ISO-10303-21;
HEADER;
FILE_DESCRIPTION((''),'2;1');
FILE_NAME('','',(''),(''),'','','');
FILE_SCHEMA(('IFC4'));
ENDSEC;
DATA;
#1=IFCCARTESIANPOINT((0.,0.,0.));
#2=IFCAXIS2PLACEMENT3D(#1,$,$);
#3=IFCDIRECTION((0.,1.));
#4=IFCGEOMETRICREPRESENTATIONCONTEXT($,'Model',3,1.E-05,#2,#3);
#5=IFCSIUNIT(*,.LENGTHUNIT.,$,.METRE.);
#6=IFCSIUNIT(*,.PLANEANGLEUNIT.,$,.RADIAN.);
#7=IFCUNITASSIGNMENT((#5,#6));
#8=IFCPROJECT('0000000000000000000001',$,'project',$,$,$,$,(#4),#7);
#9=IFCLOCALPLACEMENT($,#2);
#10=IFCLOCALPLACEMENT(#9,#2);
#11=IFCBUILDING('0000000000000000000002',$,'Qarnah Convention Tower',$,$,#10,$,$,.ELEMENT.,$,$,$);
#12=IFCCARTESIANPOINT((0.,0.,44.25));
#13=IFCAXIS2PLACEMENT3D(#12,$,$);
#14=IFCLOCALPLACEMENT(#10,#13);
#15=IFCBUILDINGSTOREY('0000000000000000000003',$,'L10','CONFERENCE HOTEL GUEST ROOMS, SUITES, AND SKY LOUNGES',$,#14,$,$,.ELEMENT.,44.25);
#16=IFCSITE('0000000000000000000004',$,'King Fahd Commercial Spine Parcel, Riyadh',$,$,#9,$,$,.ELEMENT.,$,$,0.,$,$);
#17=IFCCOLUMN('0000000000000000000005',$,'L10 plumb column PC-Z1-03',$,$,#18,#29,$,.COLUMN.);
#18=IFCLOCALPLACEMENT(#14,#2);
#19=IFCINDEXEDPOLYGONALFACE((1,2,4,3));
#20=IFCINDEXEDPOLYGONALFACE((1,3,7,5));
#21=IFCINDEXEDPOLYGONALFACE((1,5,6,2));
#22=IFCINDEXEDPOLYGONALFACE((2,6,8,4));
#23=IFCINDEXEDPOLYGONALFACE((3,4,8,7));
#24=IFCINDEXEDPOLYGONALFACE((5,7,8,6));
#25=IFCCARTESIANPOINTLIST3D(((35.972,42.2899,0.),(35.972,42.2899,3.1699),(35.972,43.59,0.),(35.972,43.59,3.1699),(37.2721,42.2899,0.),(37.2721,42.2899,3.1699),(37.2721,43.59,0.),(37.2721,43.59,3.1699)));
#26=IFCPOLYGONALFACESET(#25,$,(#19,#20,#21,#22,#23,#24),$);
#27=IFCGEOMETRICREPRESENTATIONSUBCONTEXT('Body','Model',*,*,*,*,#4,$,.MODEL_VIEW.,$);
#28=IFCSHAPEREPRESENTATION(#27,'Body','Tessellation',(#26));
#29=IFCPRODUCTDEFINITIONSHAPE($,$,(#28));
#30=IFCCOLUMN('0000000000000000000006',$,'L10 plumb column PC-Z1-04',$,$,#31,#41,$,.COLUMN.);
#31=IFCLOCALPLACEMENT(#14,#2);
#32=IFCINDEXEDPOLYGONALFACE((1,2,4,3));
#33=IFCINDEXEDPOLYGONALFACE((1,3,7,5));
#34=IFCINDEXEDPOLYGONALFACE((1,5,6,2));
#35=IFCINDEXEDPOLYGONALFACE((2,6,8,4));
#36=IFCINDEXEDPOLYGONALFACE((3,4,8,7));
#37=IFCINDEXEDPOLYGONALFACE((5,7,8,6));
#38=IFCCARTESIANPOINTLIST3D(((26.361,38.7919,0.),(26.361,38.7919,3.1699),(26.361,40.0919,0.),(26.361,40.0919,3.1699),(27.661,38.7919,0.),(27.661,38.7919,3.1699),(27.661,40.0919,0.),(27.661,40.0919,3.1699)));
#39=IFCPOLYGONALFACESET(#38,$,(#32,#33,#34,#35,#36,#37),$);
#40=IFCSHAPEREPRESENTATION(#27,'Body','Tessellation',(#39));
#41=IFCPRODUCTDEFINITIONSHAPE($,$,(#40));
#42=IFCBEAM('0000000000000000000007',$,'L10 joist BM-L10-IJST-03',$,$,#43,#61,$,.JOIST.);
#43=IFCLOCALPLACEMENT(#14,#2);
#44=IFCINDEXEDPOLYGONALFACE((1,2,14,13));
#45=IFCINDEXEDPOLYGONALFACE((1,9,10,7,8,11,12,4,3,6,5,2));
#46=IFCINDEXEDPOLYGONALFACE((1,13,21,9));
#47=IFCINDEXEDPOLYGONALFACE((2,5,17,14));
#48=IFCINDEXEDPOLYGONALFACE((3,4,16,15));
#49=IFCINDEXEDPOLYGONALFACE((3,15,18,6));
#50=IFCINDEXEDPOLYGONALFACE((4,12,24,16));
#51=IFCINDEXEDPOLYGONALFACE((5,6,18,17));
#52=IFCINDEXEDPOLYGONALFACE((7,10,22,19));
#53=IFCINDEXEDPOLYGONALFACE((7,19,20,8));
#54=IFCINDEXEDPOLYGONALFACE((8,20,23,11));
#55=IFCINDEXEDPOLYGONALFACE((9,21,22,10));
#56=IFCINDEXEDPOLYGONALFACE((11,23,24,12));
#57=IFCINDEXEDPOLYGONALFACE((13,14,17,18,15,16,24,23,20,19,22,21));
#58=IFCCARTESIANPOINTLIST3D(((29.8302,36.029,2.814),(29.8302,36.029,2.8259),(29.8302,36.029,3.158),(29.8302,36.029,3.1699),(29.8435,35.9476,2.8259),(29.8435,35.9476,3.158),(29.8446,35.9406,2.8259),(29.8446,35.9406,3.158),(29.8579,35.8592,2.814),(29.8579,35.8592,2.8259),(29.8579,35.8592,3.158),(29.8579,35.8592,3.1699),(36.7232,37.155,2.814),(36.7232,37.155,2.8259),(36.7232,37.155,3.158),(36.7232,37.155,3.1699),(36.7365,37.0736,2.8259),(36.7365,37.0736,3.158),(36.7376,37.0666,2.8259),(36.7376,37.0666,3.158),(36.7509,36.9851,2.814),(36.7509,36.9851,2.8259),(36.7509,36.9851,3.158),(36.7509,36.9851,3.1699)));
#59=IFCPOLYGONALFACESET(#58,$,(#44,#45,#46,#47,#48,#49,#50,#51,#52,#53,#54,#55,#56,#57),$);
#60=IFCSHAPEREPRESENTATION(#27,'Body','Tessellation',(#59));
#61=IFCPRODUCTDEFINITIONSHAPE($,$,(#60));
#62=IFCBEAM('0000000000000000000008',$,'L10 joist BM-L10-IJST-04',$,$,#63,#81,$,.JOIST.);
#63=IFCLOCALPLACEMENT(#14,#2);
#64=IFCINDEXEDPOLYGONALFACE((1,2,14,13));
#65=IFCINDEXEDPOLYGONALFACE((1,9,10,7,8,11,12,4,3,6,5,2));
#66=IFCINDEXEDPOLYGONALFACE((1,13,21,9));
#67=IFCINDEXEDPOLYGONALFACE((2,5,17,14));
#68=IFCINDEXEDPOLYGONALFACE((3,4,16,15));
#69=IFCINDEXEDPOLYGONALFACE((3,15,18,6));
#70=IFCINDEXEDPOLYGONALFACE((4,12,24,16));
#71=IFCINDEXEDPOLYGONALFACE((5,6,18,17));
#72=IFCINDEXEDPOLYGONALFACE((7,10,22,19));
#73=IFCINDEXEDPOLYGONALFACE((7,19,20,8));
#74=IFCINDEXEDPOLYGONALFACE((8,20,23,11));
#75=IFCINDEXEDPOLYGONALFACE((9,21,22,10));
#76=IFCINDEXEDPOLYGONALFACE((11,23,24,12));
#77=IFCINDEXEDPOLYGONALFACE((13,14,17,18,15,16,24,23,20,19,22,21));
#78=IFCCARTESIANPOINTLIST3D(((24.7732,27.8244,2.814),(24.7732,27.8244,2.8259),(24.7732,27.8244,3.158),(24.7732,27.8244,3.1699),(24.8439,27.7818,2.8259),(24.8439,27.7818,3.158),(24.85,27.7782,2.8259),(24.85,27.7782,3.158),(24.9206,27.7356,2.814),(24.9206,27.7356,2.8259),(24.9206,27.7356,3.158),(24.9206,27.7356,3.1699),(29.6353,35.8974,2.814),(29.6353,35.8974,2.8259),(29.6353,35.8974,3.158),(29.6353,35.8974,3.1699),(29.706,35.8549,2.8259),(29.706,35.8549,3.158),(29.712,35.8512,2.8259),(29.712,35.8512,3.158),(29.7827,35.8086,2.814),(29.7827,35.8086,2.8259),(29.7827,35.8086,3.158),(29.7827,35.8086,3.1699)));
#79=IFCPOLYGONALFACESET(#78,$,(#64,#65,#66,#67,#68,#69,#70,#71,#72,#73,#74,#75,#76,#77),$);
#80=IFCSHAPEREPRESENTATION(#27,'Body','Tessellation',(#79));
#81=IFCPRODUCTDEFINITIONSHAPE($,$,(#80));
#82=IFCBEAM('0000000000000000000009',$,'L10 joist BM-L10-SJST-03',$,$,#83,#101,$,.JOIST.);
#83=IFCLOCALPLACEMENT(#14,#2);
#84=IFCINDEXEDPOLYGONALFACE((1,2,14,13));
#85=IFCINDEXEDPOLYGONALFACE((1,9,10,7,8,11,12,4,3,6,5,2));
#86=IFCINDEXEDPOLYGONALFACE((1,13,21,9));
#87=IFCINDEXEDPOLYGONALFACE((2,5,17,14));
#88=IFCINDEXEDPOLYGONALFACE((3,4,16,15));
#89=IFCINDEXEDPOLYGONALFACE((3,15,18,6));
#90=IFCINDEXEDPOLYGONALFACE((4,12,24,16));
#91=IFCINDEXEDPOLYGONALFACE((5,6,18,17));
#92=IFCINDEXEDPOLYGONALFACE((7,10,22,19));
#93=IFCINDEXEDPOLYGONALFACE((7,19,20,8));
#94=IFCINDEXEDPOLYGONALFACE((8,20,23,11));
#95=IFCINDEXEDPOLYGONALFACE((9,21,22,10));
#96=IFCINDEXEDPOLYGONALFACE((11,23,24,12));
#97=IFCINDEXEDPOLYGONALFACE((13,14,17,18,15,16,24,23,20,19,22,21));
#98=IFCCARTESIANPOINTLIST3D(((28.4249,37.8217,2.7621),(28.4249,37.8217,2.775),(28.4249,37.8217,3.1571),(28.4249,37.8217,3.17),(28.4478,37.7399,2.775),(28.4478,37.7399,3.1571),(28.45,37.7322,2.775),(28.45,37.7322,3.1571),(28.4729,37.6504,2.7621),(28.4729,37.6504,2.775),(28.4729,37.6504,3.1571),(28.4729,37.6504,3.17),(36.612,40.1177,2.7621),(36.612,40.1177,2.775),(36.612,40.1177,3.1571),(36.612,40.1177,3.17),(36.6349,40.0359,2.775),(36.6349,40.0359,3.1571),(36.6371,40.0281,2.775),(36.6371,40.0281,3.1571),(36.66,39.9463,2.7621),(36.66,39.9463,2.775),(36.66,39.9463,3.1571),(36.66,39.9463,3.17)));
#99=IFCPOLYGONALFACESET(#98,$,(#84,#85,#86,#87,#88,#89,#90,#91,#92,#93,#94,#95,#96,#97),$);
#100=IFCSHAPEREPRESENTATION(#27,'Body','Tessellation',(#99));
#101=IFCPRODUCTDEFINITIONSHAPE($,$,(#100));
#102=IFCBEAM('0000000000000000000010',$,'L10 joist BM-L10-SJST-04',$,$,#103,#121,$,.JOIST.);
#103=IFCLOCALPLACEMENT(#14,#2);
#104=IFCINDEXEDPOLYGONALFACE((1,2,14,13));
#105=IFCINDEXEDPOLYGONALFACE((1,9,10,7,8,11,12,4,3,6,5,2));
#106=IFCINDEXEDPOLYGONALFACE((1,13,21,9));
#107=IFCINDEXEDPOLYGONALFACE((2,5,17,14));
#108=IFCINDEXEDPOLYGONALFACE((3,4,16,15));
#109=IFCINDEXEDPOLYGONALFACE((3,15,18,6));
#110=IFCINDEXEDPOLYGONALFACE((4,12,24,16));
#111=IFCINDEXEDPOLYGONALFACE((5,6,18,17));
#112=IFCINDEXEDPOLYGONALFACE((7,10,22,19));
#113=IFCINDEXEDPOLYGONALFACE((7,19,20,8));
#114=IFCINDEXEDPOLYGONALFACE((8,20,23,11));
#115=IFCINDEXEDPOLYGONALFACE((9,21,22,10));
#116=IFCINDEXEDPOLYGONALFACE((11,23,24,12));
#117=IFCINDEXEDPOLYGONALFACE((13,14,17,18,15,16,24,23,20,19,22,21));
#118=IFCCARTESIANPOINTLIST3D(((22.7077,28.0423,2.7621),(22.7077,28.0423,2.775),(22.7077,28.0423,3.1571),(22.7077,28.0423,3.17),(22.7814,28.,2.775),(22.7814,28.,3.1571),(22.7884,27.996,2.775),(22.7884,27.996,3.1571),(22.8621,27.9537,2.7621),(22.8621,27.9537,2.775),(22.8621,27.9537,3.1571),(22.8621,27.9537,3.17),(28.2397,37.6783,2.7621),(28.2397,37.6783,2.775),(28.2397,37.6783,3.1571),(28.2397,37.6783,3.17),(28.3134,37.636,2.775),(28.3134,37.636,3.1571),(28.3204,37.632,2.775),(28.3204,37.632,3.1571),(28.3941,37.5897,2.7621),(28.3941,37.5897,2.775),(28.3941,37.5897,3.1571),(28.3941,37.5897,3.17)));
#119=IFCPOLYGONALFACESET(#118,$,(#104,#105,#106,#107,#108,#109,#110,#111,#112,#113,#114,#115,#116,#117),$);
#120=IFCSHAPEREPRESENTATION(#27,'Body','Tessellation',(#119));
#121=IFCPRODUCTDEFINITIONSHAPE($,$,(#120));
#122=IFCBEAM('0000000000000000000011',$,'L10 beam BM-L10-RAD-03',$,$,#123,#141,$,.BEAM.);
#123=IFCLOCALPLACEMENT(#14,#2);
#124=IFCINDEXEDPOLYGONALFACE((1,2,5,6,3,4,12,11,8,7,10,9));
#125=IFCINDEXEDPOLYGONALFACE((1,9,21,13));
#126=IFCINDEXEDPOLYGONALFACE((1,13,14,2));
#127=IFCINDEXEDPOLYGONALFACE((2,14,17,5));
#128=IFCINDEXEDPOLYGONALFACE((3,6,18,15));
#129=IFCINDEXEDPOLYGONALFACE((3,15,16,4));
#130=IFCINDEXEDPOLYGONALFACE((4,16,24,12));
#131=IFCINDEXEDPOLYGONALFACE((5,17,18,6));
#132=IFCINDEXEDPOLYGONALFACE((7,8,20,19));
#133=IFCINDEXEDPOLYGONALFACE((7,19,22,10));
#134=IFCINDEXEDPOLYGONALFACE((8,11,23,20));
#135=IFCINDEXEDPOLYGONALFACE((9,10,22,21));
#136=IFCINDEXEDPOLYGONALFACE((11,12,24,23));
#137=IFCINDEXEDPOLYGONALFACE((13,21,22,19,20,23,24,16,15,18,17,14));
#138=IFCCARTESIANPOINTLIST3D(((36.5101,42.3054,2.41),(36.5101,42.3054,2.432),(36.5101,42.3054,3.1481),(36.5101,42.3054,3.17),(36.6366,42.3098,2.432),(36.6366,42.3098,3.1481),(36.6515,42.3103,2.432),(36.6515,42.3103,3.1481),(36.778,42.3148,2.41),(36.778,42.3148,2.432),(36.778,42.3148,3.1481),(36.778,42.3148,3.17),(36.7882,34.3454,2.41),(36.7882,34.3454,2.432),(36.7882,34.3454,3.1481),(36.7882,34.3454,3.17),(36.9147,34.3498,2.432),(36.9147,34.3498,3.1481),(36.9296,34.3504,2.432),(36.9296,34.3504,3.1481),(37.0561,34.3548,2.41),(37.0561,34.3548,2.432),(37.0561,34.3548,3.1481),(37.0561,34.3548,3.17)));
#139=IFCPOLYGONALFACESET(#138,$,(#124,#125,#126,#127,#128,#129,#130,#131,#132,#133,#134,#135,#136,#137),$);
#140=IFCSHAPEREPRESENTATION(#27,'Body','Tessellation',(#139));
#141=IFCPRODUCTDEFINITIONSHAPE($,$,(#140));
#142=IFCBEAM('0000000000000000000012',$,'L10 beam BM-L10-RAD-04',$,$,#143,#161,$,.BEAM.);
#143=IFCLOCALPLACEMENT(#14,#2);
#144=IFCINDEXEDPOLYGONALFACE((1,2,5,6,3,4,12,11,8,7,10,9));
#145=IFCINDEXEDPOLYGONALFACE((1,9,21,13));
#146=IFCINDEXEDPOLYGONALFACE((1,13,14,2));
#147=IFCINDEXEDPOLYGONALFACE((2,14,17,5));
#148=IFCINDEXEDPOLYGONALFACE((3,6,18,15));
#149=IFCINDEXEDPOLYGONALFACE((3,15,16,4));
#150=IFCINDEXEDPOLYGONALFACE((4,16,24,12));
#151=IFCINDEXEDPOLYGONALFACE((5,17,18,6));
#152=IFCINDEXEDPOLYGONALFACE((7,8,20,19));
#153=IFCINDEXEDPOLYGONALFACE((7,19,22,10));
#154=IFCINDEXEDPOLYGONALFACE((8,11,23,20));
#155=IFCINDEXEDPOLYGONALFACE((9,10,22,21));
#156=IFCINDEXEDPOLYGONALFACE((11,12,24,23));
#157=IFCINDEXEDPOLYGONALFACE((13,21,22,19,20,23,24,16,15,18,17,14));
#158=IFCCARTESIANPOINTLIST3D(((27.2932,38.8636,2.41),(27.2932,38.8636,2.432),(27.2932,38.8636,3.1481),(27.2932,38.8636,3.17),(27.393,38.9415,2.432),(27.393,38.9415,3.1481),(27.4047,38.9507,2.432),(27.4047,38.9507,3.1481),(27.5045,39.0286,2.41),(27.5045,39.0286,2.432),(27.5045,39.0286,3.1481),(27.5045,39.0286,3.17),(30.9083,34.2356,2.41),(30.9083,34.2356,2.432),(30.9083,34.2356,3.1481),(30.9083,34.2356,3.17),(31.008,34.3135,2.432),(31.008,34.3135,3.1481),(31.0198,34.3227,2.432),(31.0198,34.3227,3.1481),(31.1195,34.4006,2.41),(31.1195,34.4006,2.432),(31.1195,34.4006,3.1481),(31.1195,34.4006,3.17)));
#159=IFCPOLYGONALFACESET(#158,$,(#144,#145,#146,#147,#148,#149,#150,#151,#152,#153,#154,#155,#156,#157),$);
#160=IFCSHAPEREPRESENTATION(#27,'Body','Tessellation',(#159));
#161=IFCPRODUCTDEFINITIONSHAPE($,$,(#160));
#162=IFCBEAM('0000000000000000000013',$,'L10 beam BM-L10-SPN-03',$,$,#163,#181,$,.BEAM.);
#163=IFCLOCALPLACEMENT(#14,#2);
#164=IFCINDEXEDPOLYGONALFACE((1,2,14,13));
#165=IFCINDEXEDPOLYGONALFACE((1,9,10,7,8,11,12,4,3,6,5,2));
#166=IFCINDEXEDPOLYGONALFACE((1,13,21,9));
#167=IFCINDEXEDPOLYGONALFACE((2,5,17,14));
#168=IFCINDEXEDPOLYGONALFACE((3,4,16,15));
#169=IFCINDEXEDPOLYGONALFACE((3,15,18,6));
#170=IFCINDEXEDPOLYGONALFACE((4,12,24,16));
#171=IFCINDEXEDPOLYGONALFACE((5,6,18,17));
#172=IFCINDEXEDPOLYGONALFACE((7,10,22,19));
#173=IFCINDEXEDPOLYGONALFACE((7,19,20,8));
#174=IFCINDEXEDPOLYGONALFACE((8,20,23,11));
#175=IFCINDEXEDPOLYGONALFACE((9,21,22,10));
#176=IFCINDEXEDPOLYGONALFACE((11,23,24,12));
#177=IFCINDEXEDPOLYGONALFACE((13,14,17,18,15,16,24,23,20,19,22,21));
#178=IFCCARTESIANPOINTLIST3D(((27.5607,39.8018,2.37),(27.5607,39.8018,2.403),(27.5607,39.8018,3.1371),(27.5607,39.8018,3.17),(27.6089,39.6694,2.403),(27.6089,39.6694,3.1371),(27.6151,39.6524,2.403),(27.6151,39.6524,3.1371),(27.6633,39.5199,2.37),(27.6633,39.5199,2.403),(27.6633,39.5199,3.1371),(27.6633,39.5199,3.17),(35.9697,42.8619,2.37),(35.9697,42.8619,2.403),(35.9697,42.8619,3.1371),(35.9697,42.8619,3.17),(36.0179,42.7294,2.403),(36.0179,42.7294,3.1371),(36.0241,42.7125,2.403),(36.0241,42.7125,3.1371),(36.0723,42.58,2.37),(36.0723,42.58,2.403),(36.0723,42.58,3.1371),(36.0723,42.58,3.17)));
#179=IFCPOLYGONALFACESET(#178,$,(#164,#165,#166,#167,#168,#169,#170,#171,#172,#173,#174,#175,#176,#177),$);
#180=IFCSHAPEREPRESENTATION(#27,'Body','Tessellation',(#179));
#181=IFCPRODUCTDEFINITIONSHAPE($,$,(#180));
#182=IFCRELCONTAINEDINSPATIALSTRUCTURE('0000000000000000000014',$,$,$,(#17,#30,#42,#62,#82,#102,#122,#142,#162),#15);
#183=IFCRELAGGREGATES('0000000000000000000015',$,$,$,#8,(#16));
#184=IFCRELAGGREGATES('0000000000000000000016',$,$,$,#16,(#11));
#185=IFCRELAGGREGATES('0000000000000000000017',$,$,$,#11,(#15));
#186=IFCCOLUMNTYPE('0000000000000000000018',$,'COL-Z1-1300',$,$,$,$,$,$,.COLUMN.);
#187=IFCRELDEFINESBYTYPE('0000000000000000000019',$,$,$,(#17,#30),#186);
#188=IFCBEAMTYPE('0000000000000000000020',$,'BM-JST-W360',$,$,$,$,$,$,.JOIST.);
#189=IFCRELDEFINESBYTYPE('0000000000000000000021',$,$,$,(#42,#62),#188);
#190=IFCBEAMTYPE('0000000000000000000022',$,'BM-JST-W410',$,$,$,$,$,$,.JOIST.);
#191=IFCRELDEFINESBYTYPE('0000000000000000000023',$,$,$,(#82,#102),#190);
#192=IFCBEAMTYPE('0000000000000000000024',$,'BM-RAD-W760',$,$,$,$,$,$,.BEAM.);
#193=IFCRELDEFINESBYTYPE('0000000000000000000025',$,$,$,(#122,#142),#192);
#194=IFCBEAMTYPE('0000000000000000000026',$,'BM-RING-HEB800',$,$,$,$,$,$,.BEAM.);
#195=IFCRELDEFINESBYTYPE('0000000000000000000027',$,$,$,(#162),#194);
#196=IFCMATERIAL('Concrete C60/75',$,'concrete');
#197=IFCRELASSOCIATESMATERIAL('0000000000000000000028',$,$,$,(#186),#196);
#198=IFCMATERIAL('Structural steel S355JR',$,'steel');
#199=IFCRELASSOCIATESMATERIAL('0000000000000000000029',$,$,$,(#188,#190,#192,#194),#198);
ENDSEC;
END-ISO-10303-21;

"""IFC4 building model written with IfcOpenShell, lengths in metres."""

from ifc_helpers import new_model, si_unit, direction, frame, origin, origin_2d, place, context, subcontext, project, spatial, rectangle, i_section, extrude, material, material_profile, profile_set, type_object, element, save


model = new_model("IFC4")

# Units and contexts
model_context = context("Model", 3, precision=1e-05, world=origin(), true_north=direction((0.0, 1.0)))
body_context = subcontext(model_context, "Body", "Model", "MODEL_VIEW")
ifc_project = project(units=[si_unit("LENGTHUNIT", "METRE"), si_unit("PLANEANGLEUNIT", "RADIAN")], contexts=[model_context])

# Site, building, storey
site_placement = place(None, origin())
site = spatial("IfcSite", under=ifc_project, at=site_placement, Name="King Fahd Commercial Spine Parcel, Riyadh", CompositionType="ELEMENT", RefElevation=0.0)
building_placement = place(site_placement, origin())
building = spatial("IfcBuilding", under=site, at=building_placement, Name="Qarnah Convention Tower", CompositionType="ELEMENT")
storey_placement = place(building_placement, frame((0.0, 0.0, 44.25)))
storey = spatial("IfcBuildingStorey", under=building, at=storey_placement, Name="L10", Description="CONFERENCE HOTEL GUEST ROOMS, SUITES, AND SKY LOUNGES", CompositionType="ELEMENT", Elevation=44.25)

# Columns
ifc_material_1 = material(Name="Concrete C60/75", Category="concrete")
ifc_material_profile_1 = material_profile(ifc_material_1, rectangle(XDim=1.3, YDim=1.3, at=origin_2d()), Name="RC-COL-1300X1300")
ifc_profile_set_1 = profile_set([ifc_material_profile_1], Name="Concrete C60/75")
column_type = type_object("IfcColumnType", Name="COL-Z1-1300", PredefinedType="COLUMN", material=ifc_profile_set_1)
for number, where, z_axis, x_axis, name in (
    (1, (36.6221, 42.9399, 0.0), (0.0, 0.0, 1.0), (1.0, 0.0, 0.0), "L10 plumb column PC-Z1-03"),
    (2, (27.011, 39.4419, 0.0), (0.0, 0.0, 1.0), (1.0, 0.0, 0.0), "L10 plumb column PC-Z1-04"),
):
    element("IfcColumn", number, at=place(storey_placement, frame(where, z_axis=z_axis, x_axis=x_axis)), inside=storey, type_object=column_type, Name=name, PredefinedType="COLUMN", context=body_context, shape_type="SweptSolid", body=[
        extrude(rectangle(XDim=1.3, YDim=1.3, at=origin_2d()), origin(), (0.0, 0.0, 1.0), 3.1699),
    ])

# Beams
ifc_material_2 = material(Name="Structural steel S355JR", Category="steel")
ifc_material_profile_2 = material_profile(ifc_material_2, i_section(OverallWidth=0.1721, OverallDepth=0.356, WebThickness=0.0071, FlangeThickness=0.012, at=origin_2d()), Name="W360X51")
ifc_profile_set_2 = profile_set([ifc_material_profile_2], Name="Structural steel S355JR")
beam_type_1 = type_object("IfcBeamType", Name="BM-JST-W360", PredefinedType="JOIST", material=ifc_profile_set_2)
beam_1_placement = place(storey_placement, frame((36.7371, 37.0701, 2.9919), z_axis=(-0.98692, -0.161213, 0.0), x_axis=(0.161213, -0.98692, 0.0)))
element("IfcBeam", 3, at=beam_1_placement, inside=storey, type_object=beam_type_1, Name="L10 joist BM-L10-IJST-03", PredefinedType="JOIST", context=body_context, shape_type="SweptSolid", body=[
    extrude(i_section(OverallWidth=0.1721, OverallDepth=0.356, WebThickness=0.0071, FlangeThickness=0.012, at=origin_2d()), origin(), (0.0, 0.0, 1.0), 6.9844),
])
beam_2_placement = place(storey_placement, frame((29.709, 35.853, 2.9919), z_axis=(-0.51592, -0.856637, 0.0), x_axis=(0.856637, -0.51592, 0.0)))
element("IfcBeam", 4, at=beam_2_placement, inside=storey, type_object=beam_type_1, Name="L10 joist BM-L10-IJST-04", PredefinedType="JOIST", context=body_context, shape_type="SweptSolid", body=[
    extrude(i_section(OverallWidth=0.1721, OverallDepth=0.356, WebThickness=0.0071, FlangeThickness=0.012, at=origin_2d()), origin(), (0.0, 0.0, 1.0), 9.4241),
])
ifc_material_profile_3 = material_profile(ifc_material_2, i_section(OverallWidth=0.178, OverallDepth=0.408, WebThickness=0.0081, FlangeThickness=0.0129, at=origin_2d()), Name="W410X60")
ifc_profile_set_3 = profile_set([ifc_material_profile_3], Name="Structural steel S355JR")
beam_type_2 = type_object("IfcBeamType", Name="BM-JST-W410", PredefinedType="JOIST", material=ifc_profile_set_3)
beam_3_placement = place(storey_placement, frame((36.636, 40.032, 2.9661), z_axis=(-0.962856, -0.270015, 0.0), x_axis=(0.270015, -0.962856, 0.0)))
element("IfcBeam", 5, at=beam_3_placement, inside=storey, type_object=beam_type_2, Name="L10 joist BM-L10-SJST-03", PredefinedType="JOIST", context=body_context, shape_type="SweptSolid", body=[
    extrude(i_section(OverallWidth=0.178, OverallDepth=0.408, WebThickness=0.0081, FlangeThickness=0.0129, at=origin_2d()), origin(), (0.0, 0.0, 1.0), 8.5029),
])
beam_4_placement = place(storey_placement, frame((28.3169, 37.634, 2.9661), z_axis=(-0.497882, -0.867245, 0.0), x_axis=(0.867245, -0.497882, 0.0)))
element("IfcBeam", 6, at=beam_4_placement, inside=storey, type_object=beam_type_2, Name="L10 joist BM-L10-SJST-04", PredefinedType="JOIST", context=body_context, shape_type="SweptSolid", body=[
    extrude(i_section(OverallWidth=0.178, OverallDepth=0.408, WebThickness=0.0081, FlangeThickness=0.0129, at=origin_2d()), origin(), (0.0, 0.0, 1.0), 11.1111),
])
ifc_material_profile_4 = material_profile(ifc_material_2, i_section(OverallWidth=0.2681, OverallDepth=0.76, WebThickness=0.0149, FlangeThickness=0.022, at=origin_2d()), Name="W760X185")
ifc_profile_set_4 = profile_set([ifc_material_profile_4], Name="Structural steel S355JR")
beam_type_3 = type_object("IfcBeamType", Name="BM-RAD-W760", PredefinedType="BEAM", material=ifc_profile_set_4)
beam_5_placement = place(storey_placement, frame((36.9221, 34.3501, 2.79), z_axis=(-0.034913, 0.99939, 0.0), x_axis=(-0.99939, -0.034913, 0.0)))
element("IfcBeam", 7, at=beam_5_placement, inside=storey, type_object=beam_type_3, Name="L10 beam BM-L10-RAD-03", PredefinedType="BEAM", context=body_context, shape_type="SweptSolid", body=[
    extrude(i_section(OverallWidth=0.2681, OverallDepth=0.76, WebThickness=0.0149, FlangeThickness=0.022, at=origin_2d()), origin(), (0.0, 0.0, 1.0), 7.9648),
])
beam_6_placement = place(storey_placement, frame((31.0139, 34.3181, 2.79), z_axis=(-0.615583, 0.788072, 0.0), x_axis=(-0.788072, -0.615583, 0.0)))
element("IfcBeam", 8, at=beam_6_placement, inside=storey, type_object=beam_type_3, Name="L10 beam BM-L10-RAD-04", PredefinedType="BEAM", context=body_context, shape_type="SweptSolid", body=[
    extrude(i_section(OverallWidth=0.2681, OverallDepth=0.76, WebThickness=0.0149, FlangeThickness=0.022, at=origin_2d()), origin(), (0.0, 0.0, 1.0), 5.8726),
])
ifc_material_profile_5 = material_profile(ifc_material_2, i_section(OverallWidth=0.3, OverallDepth=0.8, WebThickness=0.0181, FlangeThickness=0.033, at=origin_2d()), Name="HEB800")
ifc_profile_set_5 = profile_set([ifc_material_profile_5], Name="Structural steel S355JR")
beam_type_4 = type_object("IfcBeamType", Name="BM-RING-HEB800", PredefinedType="BEAM", material=ifc_profile_set_5)
beam_7_placement = place(storey_placement, frame((36.021, 42.7209, 2.77), z_axis=(-0.939712, -0.341966, 0.0), x_axis=(0.341966, -0.939712, 0.0)))
element("IfcBeam", 9, at=beam_7_placement, inside=storey, type_object=beam_type_4, Name="L10 beam BM-L10-SPN-03", PredefinedType="BEAM", context=body_context, shape_type="SweptSolid", body=[
    extrude(i_section(OverallWidth=0.3, OverallDepth=0.8, WebThickness=0.0181, FlangeThickness=0.033, at=origin_2d()), origin(), (0.0, 0.0, 1.0), 8.9485),
])

save(model, "model.ifc")
